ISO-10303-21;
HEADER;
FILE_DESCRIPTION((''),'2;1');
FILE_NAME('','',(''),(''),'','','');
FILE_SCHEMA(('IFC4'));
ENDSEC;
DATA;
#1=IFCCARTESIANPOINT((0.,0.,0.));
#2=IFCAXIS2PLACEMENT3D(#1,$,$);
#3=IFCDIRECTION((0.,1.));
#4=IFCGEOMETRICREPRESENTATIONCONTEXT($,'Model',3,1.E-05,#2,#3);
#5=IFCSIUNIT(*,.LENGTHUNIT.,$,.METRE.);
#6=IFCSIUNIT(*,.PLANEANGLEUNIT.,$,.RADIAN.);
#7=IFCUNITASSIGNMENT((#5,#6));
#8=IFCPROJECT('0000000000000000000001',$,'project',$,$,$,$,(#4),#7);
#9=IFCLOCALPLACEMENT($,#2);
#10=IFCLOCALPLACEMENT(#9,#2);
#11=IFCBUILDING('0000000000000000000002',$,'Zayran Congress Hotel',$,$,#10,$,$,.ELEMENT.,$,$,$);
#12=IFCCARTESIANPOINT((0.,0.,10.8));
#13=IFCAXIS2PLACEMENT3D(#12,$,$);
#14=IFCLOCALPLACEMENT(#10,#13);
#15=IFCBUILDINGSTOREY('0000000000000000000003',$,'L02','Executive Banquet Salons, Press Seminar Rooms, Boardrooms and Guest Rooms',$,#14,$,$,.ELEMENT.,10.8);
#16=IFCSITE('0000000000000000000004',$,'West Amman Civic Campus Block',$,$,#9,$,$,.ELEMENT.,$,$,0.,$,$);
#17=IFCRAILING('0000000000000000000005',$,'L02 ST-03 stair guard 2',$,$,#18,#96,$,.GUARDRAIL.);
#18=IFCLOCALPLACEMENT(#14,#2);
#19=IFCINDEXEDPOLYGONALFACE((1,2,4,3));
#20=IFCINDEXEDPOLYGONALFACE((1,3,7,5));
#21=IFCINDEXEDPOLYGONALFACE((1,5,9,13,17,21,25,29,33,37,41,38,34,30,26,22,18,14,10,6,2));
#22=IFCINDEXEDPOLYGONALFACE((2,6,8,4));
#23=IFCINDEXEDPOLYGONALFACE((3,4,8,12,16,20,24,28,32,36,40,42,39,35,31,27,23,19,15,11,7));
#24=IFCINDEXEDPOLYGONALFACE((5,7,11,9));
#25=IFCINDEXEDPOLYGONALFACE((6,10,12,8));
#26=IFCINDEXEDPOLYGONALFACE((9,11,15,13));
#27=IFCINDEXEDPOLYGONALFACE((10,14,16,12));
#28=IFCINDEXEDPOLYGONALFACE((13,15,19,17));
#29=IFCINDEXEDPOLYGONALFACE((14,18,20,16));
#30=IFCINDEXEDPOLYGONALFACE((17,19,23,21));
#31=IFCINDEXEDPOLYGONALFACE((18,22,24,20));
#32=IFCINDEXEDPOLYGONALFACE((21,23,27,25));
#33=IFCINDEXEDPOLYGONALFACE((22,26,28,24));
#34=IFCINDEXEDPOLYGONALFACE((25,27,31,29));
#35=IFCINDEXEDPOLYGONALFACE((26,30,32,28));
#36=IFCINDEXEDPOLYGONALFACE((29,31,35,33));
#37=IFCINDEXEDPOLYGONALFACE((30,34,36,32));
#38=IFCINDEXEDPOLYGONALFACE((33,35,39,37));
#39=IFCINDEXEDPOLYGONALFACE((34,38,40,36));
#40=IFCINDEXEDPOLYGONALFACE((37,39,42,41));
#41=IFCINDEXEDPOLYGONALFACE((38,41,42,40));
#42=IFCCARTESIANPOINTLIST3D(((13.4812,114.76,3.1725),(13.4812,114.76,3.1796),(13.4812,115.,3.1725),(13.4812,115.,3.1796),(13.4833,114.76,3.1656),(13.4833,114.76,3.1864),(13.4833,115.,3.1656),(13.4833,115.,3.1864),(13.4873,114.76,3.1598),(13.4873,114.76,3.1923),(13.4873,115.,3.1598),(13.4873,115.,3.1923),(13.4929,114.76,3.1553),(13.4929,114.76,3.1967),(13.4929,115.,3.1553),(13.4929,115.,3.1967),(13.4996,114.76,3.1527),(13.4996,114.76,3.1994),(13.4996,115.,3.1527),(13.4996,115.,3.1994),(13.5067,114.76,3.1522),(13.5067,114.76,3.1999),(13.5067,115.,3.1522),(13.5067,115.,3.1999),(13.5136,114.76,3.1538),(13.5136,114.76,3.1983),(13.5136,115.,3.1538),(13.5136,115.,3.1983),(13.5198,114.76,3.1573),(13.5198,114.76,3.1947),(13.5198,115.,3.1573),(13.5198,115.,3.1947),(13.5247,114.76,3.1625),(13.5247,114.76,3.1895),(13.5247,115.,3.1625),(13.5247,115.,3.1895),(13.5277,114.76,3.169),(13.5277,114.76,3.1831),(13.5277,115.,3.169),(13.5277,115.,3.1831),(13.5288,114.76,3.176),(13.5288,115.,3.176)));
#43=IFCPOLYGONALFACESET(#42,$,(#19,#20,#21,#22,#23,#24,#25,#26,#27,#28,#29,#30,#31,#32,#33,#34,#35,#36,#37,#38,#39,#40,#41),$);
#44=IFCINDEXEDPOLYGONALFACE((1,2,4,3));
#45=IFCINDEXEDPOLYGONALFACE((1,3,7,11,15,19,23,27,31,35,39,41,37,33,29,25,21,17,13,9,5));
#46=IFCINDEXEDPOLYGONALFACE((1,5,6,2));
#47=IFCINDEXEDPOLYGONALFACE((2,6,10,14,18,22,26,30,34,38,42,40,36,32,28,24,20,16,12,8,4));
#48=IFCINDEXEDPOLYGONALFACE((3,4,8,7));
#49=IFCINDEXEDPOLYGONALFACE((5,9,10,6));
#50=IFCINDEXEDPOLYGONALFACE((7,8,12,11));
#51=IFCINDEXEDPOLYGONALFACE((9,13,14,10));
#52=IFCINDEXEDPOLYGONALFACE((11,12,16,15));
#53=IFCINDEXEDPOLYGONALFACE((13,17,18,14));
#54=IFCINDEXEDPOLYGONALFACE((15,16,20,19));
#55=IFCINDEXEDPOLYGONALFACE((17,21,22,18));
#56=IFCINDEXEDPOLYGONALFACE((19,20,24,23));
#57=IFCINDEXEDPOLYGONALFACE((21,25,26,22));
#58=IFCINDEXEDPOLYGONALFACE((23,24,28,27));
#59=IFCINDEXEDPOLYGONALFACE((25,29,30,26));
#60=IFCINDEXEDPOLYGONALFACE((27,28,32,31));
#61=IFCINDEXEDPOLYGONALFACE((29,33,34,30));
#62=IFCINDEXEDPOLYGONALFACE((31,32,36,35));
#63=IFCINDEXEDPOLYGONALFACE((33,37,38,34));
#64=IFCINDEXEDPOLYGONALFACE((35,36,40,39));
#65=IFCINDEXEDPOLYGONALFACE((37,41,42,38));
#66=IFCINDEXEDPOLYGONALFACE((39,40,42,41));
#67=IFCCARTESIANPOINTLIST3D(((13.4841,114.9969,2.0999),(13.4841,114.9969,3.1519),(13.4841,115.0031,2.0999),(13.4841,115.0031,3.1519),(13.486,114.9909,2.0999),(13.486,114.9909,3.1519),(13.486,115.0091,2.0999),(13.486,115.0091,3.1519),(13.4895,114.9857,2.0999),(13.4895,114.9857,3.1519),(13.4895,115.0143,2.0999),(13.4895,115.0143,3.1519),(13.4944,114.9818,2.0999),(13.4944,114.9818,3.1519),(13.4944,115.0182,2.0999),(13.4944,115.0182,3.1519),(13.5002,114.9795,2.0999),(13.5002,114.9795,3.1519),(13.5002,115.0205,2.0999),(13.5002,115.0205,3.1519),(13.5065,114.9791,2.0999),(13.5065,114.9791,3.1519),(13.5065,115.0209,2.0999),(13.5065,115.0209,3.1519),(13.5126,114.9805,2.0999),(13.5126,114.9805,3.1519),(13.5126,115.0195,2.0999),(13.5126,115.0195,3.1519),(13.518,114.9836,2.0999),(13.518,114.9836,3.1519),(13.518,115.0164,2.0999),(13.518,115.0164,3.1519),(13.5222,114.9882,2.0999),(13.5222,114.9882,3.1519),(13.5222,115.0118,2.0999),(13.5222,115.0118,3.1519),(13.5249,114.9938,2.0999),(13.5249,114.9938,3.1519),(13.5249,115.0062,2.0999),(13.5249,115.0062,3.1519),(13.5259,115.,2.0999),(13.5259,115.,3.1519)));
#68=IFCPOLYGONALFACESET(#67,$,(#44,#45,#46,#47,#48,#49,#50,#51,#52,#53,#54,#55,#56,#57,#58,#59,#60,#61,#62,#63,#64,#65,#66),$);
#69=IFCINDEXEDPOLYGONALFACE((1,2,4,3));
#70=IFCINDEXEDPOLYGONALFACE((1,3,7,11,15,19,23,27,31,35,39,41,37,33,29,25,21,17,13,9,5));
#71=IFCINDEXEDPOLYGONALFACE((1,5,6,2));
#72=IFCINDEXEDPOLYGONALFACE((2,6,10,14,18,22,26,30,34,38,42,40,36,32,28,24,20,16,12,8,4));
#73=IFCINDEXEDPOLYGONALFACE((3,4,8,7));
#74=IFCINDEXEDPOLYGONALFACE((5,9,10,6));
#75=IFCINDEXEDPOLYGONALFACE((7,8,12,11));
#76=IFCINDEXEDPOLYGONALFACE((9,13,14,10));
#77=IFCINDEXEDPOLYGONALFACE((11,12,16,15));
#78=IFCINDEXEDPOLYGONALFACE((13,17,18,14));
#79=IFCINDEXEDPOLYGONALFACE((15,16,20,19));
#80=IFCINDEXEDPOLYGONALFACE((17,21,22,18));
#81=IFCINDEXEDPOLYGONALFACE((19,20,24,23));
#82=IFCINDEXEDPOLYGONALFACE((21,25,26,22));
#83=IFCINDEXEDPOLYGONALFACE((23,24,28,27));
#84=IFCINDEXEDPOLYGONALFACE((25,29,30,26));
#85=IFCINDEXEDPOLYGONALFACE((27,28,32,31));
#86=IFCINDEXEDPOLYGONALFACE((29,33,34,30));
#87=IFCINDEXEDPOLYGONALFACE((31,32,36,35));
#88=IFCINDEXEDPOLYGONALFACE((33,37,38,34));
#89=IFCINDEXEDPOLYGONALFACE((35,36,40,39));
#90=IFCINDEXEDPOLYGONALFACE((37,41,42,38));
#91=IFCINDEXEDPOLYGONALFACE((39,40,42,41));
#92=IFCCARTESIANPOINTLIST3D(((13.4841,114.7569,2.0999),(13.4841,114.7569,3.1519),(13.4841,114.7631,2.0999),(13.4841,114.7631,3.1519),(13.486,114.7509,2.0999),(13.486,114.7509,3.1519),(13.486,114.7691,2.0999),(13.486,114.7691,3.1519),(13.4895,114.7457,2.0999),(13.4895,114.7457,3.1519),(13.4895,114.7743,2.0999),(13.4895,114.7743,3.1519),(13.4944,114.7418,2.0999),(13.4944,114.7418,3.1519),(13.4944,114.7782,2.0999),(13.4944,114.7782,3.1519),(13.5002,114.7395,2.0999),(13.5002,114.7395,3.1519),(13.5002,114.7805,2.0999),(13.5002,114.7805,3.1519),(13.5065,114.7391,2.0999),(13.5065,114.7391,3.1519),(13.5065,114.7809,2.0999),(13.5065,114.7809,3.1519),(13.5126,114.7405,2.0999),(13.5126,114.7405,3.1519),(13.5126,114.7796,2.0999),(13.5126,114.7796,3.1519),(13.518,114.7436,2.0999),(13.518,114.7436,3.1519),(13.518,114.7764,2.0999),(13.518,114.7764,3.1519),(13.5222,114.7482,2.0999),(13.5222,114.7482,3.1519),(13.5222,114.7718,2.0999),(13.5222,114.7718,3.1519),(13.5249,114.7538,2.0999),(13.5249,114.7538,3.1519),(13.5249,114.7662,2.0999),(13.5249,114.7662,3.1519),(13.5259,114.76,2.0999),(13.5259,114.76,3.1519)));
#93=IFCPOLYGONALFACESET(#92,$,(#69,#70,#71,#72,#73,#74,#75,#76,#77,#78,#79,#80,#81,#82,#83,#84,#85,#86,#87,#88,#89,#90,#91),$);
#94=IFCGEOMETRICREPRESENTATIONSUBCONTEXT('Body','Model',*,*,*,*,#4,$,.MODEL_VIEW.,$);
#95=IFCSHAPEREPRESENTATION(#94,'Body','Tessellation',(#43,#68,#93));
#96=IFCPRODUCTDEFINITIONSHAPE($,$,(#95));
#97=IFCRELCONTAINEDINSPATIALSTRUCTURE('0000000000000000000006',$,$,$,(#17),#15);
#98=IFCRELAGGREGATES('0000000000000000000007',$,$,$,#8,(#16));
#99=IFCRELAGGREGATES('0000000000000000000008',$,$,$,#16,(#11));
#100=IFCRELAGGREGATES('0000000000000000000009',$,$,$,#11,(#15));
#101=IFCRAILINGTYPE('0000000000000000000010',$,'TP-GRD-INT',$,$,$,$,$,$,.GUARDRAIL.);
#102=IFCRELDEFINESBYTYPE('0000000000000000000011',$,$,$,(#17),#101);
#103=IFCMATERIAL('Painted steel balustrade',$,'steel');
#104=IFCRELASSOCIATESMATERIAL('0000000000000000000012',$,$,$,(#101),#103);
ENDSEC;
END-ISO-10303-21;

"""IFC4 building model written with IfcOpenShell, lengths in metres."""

from ifc_helpers import new_model, si_unit, direction, frame, origin, origin_2d, place, context, subcontext, project, spatial, circle, extrude, material, type_object, element, save


model = new_model("IFC4")

# Units and contexts
model_context = context("Model", 3, precision=1e-05, world=origin(), true_north=direction((0.0, 1.0)))
body_context = subcontext(model_context, "Body", "Model", "MODEL_VIEW")
ifc_project = project(units=[si_unit("LENGTHUNIT", "METRE"), si_unit("PLANEANGLEUNIT", "RADIAN")], contexts=[model_context])

# Site, building, storey
site_placement = place(None, origin())
site = spatial("IfcSite", under=ifc_project, at=site_placement, Name="West Amman Civic Campus Block", CompositionType="ELEMENT", RefElevation=0.0)
building_placement = place(site_placement, origin())
building = spatial("IfcBuilding", under=site, at=building_placement, Name="Zayran Congress Hotel", CompositionType="ELEMENT")
storey_placement = place(building_placement, frame((0.0, 0.0, 10.8)))
storey = spatial("IfcBuildingStorey", under=building, at=storey_placement, Name="L02", Description="Executive Banquet Salons, Press Seminar Rooms, Boardrooms and Guest Rooms", CompositionType="ELEMENT", Elevation=10.8)

# Railing
ifc_material_1 = material(Name="Painted steel balustrade", Category="steel")
railing_type_1 = type_object("IfcRailingType", Name="TP-GRD-INT", PredefinedType="GUARDRAIL", material=ifc_material_1)
railing_1_placement = place(storey_placement, frame((13.5049, 115.0, 2.0999)))
element("IfcRailing", 1, at=railing_1_placement, inside=storey, type_object=railing_type_1, Name="L02 ST-03 stair guard 2", PredefinedType="GUARDRAIL", context=body_context, shape_type="SweptSolid", body=[
    extrude(circle(Radius=0.0239, at=origin_2d()), frame((0.0, 0.0, 1.0762), z_axis=(0.0, -1.0, 0.0), x_axis=(1.0, 0.0, 0.0)), (0.0, 0.0, 1.0), 0.24),
    extrude(circle(Radius=0.021, at=origin_2d()), origin(), (0.0, 0.0, 1.0), 1.052),
    extrude(circle(Radius=0.021, at=origin_2d()), frame((0.0, -0.24, 0.0)), (0.0, 0.0, 1.0), 1.052),
])

save(model, "model.ifc")
